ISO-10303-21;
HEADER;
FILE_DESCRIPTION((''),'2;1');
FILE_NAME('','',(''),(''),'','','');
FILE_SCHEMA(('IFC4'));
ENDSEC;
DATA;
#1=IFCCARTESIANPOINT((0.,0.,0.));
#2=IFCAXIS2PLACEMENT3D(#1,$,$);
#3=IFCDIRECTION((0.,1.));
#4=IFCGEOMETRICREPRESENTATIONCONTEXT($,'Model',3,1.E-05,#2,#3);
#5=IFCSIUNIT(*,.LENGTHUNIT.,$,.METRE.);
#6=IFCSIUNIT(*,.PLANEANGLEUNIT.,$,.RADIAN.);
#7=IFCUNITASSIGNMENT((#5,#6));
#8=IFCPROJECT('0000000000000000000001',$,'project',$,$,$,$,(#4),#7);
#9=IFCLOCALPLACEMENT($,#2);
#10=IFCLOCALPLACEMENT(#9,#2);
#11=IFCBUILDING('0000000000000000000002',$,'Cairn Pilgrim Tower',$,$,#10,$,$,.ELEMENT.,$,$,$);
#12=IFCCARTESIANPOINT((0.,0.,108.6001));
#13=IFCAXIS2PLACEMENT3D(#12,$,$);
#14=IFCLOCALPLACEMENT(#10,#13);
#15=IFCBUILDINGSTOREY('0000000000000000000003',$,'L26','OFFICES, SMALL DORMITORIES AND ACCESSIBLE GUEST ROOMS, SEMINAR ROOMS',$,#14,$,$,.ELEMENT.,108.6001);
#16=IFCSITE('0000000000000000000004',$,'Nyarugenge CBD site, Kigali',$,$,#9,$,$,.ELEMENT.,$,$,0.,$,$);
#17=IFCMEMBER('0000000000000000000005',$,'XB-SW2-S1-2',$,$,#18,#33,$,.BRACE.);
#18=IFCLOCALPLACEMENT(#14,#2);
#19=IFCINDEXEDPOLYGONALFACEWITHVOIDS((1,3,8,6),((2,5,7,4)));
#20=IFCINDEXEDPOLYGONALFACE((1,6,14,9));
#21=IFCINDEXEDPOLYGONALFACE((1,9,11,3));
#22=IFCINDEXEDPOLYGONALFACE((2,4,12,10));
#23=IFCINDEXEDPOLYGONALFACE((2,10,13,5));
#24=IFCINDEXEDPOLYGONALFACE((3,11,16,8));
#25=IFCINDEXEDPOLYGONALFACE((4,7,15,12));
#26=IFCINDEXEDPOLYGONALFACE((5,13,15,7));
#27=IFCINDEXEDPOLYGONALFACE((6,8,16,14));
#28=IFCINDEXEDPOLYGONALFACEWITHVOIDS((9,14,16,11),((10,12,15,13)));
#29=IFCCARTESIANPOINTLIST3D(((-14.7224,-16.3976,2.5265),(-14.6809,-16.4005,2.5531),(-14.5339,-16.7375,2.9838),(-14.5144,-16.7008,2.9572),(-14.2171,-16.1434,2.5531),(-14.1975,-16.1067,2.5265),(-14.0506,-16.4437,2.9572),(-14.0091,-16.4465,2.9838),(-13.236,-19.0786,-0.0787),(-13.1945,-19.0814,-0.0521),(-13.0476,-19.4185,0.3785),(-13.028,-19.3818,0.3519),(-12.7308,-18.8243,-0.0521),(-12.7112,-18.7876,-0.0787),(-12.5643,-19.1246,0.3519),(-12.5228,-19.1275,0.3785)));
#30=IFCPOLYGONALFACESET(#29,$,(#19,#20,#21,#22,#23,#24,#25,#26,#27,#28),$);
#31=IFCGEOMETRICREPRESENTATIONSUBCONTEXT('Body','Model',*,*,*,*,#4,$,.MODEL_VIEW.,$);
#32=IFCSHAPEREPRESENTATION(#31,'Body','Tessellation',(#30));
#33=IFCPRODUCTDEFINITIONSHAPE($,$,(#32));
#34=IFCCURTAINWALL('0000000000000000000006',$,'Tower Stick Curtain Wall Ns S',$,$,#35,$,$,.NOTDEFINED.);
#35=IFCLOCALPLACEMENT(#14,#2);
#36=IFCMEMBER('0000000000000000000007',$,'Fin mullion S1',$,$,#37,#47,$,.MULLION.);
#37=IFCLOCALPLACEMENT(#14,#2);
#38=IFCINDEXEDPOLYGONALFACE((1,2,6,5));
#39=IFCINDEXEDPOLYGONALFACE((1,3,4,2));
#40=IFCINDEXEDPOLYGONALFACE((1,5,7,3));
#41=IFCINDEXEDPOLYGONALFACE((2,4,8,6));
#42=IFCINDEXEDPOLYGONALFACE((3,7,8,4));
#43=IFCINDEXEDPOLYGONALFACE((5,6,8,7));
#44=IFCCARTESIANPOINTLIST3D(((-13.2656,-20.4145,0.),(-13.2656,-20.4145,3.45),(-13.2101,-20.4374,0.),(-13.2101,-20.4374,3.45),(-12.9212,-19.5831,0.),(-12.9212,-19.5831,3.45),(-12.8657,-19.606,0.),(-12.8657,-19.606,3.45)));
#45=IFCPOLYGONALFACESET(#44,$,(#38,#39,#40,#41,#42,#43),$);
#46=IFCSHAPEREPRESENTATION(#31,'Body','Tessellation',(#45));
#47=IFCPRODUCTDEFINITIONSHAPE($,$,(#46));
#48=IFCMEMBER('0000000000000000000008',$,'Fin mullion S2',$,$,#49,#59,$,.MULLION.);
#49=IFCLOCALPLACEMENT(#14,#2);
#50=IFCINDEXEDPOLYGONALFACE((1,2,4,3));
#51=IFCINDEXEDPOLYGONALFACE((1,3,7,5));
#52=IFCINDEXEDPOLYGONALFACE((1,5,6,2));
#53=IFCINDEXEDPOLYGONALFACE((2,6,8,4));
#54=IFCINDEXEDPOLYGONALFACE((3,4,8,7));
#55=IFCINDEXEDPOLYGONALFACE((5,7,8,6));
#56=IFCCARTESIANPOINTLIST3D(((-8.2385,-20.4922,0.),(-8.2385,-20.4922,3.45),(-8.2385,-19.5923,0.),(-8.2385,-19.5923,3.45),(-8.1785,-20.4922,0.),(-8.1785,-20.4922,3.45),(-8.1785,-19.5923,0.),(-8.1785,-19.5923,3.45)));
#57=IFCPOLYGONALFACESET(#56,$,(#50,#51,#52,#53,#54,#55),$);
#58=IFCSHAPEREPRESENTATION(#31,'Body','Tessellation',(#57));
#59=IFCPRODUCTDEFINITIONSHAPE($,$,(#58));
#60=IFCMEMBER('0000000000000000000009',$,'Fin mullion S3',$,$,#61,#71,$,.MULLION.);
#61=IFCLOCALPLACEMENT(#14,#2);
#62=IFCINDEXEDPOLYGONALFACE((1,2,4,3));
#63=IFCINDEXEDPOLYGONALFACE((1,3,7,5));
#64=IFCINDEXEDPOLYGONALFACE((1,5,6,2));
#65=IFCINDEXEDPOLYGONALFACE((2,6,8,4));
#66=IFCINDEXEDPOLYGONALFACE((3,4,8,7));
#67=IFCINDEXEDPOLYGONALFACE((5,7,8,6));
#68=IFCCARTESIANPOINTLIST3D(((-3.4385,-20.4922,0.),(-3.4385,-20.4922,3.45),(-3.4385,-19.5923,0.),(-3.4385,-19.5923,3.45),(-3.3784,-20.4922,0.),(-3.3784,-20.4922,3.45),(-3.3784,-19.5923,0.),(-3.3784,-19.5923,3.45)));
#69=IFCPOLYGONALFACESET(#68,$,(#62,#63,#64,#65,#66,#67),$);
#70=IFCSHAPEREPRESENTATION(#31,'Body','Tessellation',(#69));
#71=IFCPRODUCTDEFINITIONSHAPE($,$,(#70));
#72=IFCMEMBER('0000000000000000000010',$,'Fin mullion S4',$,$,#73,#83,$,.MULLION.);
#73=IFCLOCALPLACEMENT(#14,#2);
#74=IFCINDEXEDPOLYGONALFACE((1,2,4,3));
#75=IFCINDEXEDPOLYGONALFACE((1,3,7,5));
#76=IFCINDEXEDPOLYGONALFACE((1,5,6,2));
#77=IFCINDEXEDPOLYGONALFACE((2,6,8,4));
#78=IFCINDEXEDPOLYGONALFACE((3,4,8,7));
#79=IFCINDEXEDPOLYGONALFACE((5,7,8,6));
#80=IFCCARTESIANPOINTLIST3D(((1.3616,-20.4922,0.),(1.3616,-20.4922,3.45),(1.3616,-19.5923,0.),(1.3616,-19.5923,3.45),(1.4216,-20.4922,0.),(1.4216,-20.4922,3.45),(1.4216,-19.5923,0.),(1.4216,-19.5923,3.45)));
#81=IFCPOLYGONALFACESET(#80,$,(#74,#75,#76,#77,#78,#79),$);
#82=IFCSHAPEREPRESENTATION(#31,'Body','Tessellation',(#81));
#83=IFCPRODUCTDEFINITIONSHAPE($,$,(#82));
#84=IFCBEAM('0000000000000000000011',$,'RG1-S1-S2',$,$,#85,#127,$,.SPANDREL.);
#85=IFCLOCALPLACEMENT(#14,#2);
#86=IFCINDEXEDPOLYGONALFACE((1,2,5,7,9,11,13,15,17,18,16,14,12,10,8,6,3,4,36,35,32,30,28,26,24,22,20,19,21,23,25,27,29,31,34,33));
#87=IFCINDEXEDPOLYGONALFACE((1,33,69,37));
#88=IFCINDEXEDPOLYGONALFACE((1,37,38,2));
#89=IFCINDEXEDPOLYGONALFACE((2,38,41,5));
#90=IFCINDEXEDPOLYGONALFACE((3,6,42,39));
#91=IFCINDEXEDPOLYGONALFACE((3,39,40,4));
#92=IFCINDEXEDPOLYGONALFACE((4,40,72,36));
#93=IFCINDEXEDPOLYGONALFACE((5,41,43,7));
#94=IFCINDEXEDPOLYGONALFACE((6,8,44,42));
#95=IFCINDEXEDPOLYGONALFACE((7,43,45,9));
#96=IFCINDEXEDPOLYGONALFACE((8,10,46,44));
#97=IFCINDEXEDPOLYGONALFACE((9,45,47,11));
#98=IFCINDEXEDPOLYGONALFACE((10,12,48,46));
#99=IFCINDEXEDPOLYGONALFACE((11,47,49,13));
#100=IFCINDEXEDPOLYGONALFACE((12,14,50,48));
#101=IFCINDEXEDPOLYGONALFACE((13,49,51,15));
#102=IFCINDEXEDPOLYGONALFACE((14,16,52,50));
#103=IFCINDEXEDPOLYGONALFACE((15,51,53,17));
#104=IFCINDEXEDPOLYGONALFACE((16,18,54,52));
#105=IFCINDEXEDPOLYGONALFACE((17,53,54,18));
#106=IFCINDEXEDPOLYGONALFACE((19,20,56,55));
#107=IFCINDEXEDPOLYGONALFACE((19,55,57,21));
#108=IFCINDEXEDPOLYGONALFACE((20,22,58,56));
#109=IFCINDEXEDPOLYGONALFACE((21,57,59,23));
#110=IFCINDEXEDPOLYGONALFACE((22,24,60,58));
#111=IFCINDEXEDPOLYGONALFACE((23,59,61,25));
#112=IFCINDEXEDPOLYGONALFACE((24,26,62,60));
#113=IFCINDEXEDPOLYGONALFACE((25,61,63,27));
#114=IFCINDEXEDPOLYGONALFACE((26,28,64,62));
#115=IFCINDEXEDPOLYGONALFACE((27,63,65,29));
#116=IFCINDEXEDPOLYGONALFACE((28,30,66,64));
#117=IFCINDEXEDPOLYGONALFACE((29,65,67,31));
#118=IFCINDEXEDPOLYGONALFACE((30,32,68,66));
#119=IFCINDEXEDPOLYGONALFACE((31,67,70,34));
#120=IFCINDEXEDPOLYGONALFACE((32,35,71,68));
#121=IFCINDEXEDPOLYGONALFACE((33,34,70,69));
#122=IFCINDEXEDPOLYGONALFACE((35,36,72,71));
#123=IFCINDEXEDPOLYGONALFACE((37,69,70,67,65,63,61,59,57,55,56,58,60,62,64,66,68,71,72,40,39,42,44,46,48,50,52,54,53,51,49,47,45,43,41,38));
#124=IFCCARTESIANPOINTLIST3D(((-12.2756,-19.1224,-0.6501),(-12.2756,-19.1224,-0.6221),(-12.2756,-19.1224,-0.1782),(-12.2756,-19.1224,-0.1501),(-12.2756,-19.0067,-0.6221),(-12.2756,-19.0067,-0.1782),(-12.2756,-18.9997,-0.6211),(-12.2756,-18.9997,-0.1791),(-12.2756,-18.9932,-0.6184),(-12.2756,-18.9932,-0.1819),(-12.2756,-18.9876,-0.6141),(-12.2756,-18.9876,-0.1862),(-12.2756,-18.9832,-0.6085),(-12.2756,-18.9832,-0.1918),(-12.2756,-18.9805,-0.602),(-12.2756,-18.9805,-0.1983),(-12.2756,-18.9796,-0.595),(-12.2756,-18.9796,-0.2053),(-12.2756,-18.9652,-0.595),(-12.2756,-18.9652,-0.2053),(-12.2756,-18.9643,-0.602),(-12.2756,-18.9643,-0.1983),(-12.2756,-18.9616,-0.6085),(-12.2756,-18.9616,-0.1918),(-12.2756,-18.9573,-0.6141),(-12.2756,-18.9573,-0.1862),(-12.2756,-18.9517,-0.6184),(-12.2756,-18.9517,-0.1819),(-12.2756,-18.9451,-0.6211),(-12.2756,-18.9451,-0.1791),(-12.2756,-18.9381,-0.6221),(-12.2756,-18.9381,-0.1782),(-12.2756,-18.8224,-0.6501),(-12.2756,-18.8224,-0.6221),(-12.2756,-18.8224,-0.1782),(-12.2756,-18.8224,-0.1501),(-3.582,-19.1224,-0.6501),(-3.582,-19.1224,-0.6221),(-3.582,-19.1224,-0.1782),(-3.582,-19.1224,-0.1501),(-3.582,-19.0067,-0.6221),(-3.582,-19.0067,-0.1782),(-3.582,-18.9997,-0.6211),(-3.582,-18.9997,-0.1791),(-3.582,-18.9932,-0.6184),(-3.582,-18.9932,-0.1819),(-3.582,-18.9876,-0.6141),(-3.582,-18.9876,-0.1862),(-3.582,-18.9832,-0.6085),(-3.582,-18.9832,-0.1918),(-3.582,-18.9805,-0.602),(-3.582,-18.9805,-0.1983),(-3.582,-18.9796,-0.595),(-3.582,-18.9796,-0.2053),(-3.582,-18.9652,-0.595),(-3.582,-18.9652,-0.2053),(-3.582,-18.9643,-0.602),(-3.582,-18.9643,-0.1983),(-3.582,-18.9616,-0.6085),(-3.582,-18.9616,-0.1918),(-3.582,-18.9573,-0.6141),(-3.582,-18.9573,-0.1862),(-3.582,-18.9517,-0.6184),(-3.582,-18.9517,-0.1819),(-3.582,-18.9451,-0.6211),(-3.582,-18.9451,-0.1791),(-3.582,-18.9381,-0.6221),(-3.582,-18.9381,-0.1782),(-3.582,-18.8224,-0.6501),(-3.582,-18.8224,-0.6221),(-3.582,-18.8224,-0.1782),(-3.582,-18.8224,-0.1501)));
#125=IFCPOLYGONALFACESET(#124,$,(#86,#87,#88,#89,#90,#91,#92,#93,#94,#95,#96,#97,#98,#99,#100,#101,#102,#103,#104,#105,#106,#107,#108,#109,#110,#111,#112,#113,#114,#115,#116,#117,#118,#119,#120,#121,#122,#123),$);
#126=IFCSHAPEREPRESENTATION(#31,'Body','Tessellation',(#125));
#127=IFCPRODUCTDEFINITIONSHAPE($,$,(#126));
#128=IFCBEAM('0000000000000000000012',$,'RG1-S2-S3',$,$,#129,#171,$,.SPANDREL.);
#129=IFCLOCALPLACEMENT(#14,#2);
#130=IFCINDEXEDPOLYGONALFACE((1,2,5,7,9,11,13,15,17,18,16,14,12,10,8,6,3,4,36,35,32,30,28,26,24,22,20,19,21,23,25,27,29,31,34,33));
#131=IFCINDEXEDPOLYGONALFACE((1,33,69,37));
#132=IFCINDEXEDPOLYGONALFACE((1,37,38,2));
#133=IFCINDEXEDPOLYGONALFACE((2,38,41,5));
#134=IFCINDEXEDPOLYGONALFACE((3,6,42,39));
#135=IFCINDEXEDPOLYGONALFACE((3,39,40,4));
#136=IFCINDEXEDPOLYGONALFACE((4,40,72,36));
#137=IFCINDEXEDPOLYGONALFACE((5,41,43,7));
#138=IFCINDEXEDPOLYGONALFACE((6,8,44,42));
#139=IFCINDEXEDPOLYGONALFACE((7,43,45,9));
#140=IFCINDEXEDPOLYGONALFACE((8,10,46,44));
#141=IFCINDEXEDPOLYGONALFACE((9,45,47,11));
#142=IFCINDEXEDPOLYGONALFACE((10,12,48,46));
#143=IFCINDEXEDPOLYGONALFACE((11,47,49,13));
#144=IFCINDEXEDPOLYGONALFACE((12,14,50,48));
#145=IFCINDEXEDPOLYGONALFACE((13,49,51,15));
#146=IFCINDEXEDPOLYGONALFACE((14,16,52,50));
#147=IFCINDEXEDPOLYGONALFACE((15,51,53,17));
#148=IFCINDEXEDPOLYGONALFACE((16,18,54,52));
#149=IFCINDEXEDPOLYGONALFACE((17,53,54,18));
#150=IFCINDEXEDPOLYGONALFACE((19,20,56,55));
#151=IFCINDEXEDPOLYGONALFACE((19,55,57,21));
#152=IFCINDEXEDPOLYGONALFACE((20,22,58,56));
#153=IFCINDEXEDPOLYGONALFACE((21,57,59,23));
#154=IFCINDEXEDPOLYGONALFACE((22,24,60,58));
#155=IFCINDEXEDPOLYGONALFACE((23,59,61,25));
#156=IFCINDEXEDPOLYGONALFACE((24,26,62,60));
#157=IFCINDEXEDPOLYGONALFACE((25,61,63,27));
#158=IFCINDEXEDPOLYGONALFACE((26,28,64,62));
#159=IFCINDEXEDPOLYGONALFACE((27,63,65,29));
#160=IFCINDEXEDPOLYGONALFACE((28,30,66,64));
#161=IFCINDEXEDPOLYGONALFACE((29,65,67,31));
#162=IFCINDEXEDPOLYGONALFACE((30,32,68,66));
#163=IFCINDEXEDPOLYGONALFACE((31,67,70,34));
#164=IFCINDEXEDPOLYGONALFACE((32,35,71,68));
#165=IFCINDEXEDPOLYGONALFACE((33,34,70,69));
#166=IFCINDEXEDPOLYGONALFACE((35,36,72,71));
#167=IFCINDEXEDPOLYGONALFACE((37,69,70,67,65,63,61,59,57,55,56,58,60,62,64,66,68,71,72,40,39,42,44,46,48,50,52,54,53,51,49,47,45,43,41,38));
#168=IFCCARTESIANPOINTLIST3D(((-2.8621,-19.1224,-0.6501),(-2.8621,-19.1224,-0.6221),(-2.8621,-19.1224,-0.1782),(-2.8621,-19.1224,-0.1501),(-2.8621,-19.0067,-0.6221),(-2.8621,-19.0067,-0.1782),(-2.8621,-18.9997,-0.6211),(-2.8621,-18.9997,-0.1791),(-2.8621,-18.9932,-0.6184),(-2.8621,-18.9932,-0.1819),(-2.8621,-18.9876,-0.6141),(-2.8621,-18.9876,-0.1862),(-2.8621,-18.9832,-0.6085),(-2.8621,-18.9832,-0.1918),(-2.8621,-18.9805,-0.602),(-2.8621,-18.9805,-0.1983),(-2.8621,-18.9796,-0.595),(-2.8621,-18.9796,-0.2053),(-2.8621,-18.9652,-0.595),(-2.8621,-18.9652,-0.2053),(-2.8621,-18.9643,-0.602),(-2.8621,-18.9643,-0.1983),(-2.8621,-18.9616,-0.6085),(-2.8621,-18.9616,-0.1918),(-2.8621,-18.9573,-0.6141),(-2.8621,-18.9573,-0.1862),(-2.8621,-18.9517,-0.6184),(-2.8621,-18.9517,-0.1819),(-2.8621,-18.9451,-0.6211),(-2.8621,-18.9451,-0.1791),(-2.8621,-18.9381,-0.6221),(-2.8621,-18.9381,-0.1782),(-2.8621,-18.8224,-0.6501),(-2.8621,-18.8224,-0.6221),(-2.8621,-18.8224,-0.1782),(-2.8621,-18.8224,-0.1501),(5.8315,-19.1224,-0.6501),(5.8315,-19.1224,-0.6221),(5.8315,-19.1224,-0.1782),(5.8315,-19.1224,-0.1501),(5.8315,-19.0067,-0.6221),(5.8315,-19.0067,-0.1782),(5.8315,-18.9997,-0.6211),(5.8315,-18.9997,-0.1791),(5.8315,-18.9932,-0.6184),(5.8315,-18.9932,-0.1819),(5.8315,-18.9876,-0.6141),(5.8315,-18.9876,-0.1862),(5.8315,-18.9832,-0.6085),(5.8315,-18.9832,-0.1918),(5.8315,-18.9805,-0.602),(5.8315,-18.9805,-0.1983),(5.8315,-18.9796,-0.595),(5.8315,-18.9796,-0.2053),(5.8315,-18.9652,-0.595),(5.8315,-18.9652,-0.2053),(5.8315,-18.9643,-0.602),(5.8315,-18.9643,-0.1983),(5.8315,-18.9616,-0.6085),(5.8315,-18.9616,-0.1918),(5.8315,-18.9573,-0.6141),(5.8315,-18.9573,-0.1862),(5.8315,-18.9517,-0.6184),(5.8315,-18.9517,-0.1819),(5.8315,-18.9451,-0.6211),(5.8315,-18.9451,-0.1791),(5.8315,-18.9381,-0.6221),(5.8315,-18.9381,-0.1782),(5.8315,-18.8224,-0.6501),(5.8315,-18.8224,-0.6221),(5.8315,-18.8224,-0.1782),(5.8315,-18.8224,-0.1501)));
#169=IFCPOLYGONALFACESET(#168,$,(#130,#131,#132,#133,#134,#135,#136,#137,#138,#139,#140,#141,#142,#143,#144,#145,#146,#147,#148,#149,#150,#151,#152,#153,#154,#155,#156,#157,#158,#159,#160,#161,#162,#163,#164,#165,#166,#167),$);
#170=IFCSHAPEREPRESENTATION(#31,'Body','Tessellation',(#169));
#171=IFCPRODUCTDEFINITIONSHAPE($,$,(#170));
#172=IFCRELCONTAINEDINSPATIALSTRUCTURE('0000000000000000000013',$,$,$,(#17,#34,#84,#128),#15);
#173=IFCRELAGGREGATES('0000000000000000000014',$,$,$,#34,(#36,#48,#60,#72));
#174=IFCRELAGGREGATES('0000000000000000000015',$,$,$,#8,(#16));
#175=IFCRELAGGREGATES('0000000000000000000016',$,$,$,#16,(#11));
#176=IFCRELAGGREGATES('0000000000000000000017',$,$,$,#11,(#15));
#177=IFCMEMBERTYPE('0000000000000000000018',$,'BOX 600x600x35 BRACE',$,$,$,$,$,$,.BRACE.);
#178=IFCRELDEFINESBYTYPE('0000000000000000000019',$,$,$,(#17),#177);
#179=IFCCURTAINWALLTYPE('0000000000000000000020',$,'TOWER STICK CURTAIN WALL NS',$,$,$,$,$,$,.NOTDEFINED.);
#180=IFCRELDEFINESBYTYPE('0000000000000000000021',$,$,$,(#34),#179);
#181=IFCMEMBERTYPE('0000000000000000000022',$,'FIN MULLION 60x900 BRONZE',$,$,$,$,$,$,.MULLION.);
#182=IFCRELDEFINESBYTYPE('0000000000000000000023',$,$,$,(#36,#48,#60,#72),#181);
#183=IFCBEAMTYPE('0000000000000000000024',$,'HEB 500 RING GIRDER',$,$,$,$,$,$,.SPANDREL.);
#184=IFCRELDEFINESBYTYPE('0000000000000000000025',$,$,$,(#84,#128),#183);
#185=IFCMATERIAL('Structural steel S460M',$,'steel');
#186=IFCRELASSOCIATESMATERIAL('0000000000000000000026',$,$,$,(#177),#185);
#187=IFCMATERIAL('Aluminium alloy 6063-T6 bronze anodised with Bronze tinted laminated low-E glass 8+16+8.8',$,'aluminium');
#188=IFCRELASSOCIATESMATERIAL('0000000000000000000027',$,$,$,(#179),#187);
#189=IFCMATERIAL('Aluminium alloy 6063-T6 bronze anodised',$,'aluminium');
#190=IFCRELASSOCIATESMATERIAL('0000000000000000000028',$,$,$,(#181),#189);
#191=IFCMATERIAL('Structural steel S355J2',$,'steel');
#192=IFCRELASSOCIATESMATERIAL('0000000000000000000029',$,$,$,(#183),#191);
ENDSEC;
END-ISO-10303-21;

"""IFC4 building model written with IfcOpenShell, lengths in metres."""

from ifc_helpers import new_model, si_unit, direction, frame, origin, origin_2d, place, context, subcontext, project, spatial, rectangle, hollow_rectangle, i_section, extrude, material, material_profile, profile_set, type_object, element, aggregate, save


model = new_model("IFC4")

# Units and contexts
model_context = context("Model", 3, precision=1e-05, world=origin(), true_north=direction((0.0, 1.0)))
body_context = subcontext(model_context, "Body", "Model", "MODEL_VIEW")
ifc_project = project(units=[si_unit("LENGTHUNIT", "METRE"), si_unit("PLANEANGLEUNIT", "RADIAN")], contexts=[model_context])

# Site, building, storey
site_placement = place(None, origin())
site = spatial("IfcSite", under=ifc_project, at=site_placement, Name="Nyarugenge CBD site, Kigali", CompositionType="ELEMENT", RefElevation=0.0)
building_placement = place(site_placement, origin())
building = spatial("IfcBuilding", under=site, at=building_placement, Name="Cairn Pilgrim Tower", CompositionType="ELEMENT")
storey_placement = place(building_placement, frame((0.0, 0.0, 108.6001)))
storey = spatial("IfcBuildingStorey", under=building, at=storey_placement, Name="L26", Description="OFFICES, SMALL DORMITORIES AND ACCESSIBLE GUEST ROOMS, SEMINAR ROOMS", CompositionType="ELEMENT", Elevation=108.6001)

# Shared definitions
ifc_material_1 = material(Name="Structural steel S460M", Category="steel")

# Member
ifc_material_profile_1 = material_profile(ifc_material_1, hollow_rectangle(XDim=0.6001, YDim=0.6001, WallThickness=0.0349, at=origin_2d()), Name="BOX 600x600x35")
ifc_profile_set_1 = profile_set([ifc_material_profile_1], Name="Structural steel S460M")
member_type_1 = type_object("IfcMemberType", Name="BOX 600x600x35 BRACE", PredefinedType="BRACE", material=ifc_profile_set_1)
member_1_placement = place(storey_placement, frame((-12.8794, -19.103, 0.1499), z_axis=(-0.369468, 0.666414, 0.6476), x_axis=(-0.874581, -0.484879, 0.0)))
element("IfcMember", 1, at=member_1_placement, inside=storey, type_object=member_type_1, Name="XB-SW2-S1-2", PredefinedType="BRACE", context=body_context, shape_type="SweptSolid", body=[
    extrude(hollow_rectangle(XDim=0.6001, YDim=0.6001, WallThickness=0.0349, at=origin_2d()), origin(), (0.0, 0.0, 1.0), 4.0229),
])

# Curtain wall, members
ifc_material_2 = material(Name="Aluminium alloy 6063-T6 bronze anodised with Bronze tinted laminated low-E glass 8+16+8.8", Category="aluminium")
curtain_wall_type = type_object("IfcCurtainWallType", Name="TOWER STICK CURTAIN WALL NS", PredefinedType="NOTDEFINED", material=ifc_material_2)
curtain_wall_placement = place(storey_placement, origin())
curtain_wall = element("IfcCurtainWall", 2, at=curtain_wall_placement, inside=storey, type_object=curtain_wall_type, Name="Tower Stick Curtain Wall Ns S", PredefinedType="NOTDEFINED")
ifc_material_3 = material(Name="Aluminium alloy 6063-T6 bronze anodised", Category="aluminium")
ifc_material_profile_2 = material_profile(ifc_material_3, rectangle(XDim=0.8999, YDim=0.0601, at=origin_2d()), Name="FIN MULLION 60x900 BRONZE")
ifc_profile_set_2 = profile_set([ifc_material_profile_2], Name="Aluminium alloy 6063-T6 bronze anodised")
member_type_2 = type_object("IfcMemberType", Name="FIN MULLION 60x900 BRONZE", PredefinedType="MULLION", material=ifc_profile_set_2)
member_2_placement = place(storey_placement, frame((-13.0657, -20.0103, 0.0), z_axis=(0.0, 0.0, 1.0), x_axis=(-0.382683, -0.92388, 0.0)))
member_2 = element("IfcMember", 3, at=member_2_placement, type_object=member_type_2, Name="Fin mullion S1", PredefinedType="MULLION", context=body_context, shape_type="SweptSolid", body=[
    extrude(rectangle(XDim=0.8999, YDim=0.0601, at=origin_2d()), origin(), (0.0, 0.0, 1.0), 3.45),
])
member_3_placement = place(storey_placement, frame((-8.2085, -20.0422, 0.0), z_axis=(0.0, 0.0, 1.0), x_axis=(0.0, -1.0, 0.0)))
member_3 = element("IfcMember", 4, at=member_3_placement, type_object=member_type_2, Name="Fin mullion S2", PredefinedType="MULLION", context=body_context, shape_type="SweptSolid", body=[
    extrude(rectangle(XDim=0.8999, YDim=0.0601, at=origin_2d()), origin(), (0.0, 0.0, 1.0), 3.45),
])
member_4_placement = place(storey_placement, frame((-3.4084, -20.0422, 0.0), z_axis=(0.0, 0.0, 1.0), x_axis=(0.0, -1.0, 0.0)))
member_4 = element("IfcMember", 5, at=member_4_placement, type_object=member_type_2, Name="Fin mullion S3", PredefinedType="MULLION", context=body_context, shape_type="SweptSolid", body=[
    extrude(rectangle(XDim=0.8999, YDim=0.0601, at=origin_2d()), origin(), (0.0, 0.0, 1.0), 3.45),
])
member_5_placement = place(storey_placement, frame((1.3916, -20.0422, 0.0), z_axis=(0.0, 0.0, 1.0), x_axis=(0.0, -1.0, 0.0)))
member_5 = element("IfcMember", 6, at=member_5_placement, type_object=member_type_2, Name="Fin mullion S4", PredefinedType="MULLION", context=body_context, shape_type="SweptSolid", body=[
    extrude(rectangle(XDim=0.8999, YDim=0.0601, at=origin_2d()), origin(), (0.0, 0.0, 1.0), 3.45),
])

# Beams
ifc_material_4 = material(Name="Structural steel S355J2", Category="steel")
ifc_material_profile_3 = material_profile(ifc_material_4, i_section(OverallWidth=0.3, OverallDepth=0.5, WebThickness=0.0144, FlangeThickness=0.0281, FilletRadius=0.0271, at=origin_2d()), Name="HEB 500")
ifc_profile_set_3 = profile_set([ifc_material_profile_3], Name="Structural steel S355J2")
beam_type_1 = type_object("IfcBeamType", Name="HEB 500 RING GIRDER", PredefinedType="SPANDREL", material=ifc_profile_set_3)
for number, where, z_axis, x_axis, name in (
    (7, (-12.2756, -18.9724, -0.4001), (1.0, 0.0, 0.0), (0.0, 1.0, 0.0), "RG1-S1-S2"),
    (8, (-2.8621, -18.9724, -0.4001), (1.0, 0.0, 0.0), (0.0, 1.0, 0.0), "RG1-S2-S3"),
):
    element("IfcBeam", number, at=place(storey_placement, frame(where, z_axis=z_axis, x_axis=x_axis)), inside=storey, type_object=beam_type_1, Name=name, PredefinedType="SPANDREL", context=body_context, shape_type="SweptSolid", body=[
        extrude(i_section(OverallWidth=0.3, OverallDepth=0.5, WebThickness=0.0144, FlangeThickness=0.0281, FilletRadius=0.0271, at=origin_2d()), origin(), (0.0, 0.0, 1.0), 8.6936),
    ])

aggregate(curtain_wall, [member_2, member_3, member_4, member_5])

save(model, "model.ifc")
